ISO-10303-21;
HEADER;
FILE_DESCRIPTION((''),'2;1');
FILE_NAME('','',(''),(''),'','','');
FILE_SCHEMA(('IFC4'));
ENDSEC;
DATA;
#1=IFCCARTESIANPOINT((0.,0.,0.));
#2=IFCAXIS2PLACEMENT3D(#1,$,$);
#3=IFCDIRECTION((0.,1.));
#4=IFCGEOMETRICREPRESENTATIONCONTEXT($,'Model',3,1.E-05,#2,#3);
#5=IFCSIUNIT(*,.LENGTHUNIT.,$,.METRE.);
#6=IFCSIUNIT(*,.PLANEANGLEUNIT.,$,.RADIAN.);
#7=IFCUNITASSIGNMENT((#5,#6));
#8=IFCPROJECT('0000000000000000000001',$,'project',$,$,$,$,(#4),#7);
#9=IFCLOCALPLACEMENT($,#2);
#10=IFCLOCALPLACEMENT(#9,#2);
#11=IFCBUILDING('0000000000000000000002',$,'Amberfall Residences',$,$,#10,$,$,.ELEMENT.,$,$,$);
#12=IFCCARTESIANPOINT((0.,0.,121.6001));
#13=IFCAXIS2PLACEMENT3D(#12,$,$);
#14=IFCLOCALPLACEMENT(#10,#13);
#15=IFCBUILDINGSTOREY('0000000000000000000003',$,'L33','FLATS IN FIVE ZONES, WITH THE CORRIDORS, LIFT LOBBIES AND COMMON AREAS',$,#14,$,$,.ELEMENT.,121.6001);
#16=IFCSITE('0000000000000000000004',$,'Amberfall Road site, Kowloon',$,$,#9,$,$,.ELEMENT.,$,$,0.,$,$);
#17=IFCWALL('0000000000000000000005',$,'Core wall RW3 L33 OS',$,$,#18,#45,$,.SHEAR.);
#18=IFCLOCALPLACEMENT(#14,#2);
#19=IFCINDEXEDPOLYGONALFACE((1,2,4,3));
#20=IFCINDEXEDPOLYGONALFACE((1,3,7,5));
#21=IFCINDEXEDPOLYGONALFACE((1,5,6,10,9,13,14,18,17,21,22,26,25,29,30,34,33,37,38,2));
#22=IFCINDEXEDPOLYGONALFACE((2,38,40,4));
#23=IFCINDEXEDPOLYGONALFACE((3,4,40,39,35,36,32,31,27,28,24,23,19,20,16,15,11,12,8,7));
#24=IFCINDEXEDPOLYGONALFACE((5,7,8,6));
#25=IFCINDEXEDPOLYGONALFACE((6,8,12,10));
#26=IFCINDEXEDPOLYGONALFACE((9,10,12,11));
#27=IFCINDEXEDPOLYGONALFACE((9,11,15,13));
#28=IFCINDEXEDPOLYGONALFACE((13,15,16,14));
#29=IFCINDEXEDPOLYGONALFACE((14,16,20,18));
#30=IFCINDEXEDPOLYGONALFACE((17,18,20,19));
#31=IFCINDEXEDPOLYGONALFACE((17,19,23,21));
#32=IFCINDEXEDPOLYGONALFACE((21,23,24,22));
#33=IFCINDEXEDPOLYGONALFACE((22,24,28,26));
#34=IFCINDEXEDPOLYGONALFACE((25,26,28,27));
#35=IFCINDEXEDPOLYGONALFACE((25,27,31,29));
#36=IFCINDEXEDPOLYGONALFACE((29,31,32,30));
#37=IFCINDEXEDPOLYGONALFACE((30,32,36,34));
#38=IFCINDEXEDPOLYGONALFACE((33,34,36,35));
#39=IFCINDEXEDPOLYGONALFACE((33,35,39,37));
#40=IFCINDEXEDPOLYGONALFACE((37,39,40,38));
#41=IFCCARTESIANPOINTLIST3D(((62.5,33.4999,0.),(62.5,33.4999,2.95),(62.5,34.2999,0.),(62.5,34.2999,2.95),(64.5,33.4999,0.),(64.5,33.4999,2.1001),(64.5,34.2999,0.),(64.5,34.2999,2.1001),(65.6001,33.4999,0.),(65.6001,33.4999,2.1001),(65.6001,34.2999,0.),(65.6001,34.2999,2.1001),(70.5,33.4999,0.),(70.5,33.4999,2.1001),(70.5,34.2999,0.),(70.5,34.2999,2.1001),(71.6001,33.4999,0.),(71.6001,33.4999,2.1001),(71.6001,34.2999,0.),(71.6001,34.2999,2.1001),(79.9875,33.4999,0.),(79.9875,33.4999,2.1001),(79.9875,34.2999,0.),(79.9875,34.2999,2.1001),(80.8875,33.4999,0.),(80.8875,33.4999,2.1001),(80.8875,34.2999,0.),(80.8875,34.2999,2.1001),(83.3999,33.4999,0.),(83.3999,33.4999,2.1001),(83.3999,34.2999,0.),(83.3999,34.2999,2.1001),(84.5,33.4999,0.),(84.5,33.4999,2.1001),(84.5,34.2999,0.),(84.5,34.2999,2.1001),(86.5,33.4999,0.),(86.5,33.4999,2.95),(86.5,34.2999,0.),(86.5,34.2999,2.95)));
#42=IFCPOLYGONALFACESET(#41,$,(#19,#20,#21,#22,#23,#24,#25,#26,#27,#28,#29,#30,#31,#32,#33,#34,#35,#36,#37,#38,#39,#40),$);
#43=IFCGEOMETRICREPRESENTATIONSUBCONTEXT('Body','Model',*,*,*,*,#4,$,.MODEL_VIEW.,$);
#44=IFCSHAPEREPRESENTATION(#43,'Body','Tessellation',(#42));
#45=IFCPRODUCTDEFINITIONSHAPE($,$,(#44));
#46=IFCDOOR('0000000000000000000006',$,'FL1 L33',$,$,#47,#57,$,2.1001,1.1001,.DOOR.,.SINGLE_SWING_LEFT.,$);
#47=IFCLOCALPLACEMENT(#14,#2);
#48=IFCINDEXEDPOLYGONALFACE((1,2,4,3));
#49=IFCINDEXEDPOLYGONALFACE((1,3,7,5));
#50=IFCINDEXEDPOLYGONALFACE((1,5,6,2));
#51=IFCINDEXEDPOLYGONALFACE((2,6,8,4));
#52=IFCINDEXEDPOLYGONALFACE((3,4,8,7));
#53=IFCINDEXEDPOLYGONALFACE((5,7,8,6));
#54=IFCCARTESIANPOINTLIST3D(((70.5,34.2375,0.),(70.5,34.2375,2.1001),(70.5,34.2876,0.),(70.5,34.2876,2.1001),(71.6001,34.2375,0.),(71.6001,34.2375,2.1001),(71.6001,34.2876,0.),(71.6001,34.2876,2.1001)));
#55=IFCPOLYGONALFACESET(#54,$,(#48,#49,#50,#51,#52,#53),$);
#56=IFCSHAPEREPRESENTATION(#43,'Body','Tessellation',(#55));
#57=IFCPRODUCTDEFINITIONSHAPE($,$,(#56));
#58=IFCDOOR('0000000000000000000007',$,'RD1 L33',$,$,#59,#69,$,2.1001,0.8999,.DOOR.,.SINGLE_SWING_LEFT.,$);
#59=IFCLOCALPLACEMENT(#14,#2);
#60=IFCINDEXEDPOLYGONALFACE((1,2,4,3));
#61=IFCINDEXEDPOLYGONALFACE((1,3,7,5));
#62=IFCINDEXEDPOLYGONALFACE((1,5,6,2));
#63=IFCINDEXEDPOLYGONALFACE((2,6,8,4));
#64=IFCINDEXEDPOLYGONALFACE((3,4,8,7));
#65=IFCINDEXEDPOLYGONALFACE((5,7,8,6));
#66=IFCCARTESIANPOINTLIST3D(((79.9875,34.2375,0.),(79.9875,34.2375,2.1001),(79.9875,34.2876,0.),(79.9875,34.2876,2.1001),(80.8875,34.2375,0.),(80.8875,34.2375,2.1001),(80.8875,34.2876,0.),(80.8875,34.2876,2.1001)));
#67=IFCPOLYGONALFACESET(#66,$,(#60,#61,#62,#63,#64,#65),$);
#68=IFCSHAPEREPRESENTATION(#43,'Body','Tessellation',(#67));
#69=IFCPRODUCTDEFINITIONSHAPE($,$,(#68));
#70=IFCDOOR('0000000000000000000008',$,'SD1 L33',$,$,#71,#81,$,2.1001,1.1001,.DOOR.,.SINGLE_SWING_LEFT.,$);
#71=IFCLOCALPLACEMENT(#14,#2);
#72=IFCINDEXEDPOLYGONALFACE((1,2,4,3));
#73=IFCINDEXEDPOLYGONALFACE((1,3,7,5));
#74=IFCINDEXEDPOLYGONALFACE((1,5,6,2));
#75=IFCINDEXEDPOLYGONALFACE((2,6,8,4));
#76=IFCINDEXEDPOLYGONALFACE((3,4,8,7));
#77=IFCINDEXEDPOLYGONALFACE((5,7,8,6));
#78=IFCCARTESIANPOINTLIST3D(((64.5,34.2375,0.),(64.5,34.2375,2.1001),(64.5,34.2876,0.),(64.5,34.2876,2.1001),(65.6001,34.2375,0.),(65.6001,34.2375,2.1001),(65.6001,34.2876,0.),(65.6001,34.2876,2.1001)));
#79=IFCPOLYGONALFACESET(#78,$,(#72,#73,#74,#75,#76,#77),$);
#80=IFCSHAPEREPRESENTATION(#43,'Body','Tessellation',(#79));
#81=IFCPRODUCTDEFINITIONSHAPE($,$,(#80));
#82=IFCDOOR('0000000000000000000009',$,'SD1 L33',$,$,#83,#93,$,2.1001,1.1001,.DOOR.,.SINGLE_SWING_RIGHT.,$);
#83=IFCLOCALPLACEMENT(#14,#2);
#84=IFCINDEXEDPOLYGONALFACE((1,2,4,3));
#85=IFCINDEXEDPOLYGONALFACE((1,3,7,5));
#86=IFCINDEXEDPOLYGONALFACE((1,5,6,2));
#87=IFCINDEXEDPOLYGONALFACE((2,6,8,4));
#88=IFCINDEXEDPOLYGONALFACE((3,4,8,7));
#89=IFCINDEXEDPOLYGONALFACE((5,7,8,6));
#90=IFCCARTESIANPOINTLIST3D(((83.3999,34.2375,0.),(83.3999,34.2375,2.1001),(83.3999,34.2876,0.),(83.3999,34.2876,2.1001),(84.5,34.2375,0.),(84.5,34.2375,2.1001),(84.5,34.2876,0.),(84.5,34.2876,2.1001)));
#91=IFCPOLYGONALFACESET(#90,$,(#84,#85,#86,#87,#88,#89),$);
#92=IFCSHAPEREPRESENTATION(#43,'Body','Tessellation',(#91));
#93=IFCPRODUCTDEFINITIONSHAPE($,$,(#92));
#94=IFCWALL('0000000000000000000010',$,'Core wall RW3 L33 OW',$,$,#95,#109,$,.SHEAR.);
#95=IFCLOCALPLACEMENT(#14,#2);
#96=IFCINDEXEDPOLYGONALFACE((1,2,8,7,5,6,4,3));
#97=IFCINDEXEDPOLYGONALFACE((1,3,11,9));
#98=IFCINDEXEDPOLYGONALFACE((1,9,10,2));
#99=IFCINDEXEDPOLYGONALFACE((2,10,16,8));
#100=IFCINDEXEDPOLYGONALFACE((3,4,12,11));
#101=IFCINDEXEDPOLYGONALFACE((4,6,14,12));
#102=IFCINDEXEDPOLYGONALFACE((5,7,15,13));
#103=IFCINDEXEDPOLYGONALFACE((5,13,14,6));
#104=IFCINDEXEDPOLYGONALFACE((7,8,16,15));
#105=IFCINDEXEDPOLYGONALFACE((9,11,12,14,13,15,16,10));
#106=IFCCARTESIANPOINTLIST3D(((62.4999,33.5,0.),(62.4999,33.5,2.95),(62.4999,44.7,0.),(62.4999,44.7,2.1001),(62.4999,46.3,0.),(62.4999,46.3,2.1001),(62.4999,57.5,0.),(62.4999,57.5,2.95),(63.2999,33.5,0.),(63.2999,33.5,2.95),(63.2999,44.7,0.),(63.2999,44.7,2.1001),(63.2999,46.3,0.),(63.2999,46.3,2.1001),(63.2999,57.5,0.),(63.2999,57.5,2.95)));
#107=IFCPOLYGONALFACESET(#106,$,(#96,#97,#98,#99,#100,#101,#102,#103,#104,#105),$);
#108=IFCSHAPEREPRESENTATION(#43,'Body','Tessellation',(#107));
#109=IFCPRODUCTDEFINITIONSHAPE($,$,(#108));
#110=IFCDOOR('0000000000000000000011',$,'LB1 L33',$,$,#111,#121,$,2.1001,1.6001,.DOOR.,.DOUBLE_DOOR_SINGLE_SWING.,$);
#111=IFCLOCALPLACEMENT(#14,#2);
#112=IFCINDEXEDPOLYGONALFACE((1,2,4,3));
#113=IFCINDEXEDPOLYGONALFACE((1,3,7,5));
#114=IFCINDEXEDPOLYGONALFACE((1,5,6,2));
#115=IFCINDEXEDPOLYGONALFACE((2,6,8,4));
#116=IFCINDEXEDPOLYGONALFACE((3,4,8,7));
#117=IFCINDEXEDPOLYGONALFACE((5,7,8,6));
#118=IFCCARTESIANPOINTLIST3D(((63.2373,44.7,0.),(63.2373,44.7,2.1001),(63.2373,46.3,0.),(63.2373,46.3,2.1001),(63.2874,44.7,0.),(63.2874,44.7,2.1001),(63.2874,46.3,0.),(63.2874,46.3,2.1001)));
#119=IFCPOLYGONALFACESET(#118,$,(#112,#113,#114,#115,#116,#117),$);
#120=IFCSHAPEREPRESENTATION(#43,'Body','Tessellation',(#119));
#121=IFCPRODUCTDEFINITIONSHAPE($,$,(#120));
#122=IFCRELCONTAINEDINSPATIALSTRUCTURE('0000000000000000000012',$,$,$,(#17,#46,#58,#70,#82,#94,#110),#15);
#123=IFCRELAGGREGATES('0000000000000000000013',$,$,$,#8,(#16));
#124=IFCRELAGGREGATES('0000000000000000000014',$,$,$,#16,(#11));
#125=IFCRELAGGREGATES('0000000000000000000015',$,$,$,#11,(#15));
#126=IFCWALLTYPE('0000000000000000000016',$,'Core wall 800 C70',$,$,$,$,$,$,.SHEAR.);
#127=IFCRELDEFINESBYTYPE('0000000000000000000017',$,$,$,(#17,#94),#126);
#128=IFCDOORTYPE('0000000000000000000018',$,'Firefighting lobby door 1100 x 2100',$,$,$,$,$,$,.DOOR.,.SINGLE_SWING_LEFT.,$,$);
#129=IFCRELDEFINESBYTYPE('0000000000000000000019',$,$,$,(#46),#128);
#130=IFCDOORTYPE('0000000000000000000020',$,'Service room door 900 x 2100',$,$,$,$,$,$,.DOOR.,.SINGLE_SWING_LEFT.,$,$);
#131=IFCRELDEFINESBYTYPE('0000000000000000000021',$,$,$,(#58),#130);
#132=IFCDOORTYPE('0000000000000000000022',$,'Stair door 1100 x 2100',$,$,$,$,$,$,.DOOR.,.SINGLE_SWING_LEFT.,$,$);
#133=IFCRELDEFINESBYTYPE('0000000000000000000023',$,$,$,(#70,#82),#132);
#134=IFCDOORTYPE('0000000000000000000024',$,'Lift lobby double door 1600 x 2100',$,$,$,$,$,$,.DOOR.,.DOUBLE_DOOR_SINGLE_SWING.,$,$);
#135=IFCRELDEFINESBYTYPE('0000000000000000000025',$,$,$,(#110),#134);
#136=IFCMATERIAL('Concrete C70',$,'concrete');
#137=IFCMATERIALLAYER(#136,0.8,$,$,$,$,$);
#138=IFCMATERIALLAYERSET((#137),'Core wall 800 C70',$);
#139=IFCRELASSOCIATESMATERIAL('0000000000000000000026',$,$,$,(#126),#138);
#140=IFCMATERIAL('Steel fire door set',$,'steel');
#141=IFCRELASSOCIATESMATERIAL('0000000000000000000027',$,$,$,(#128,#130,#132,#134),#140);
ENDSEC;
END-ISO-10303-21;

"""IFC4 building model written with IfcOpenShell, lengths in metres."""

from ifc_helpers import new_model, si_unit, direction, frame, frame_2d, origin, place, context, subcontext, project, spatial, rectangle, extrude, material, layer, layer_set, type_object, element, fill, save


model = new_model("IFC4")

# Units and contexts
model_context = context("Model", 3, precision=1e-05, world=origin(), true_north=direction((0.0, 1.0)))
body_context = subcontext(model_context, "Body", "Model", "MODEL_VIEW")
ifc_project = project(units=[si_unit("LENGTHUNIT", "METRE"), si_unit("PLANEANGLEUNIT", "RADIAN")], contexts=[model_context])

# Site, building, storey
site_placement = place(None, origin())
site = spatial("IfcSite", under=ifc_project, at=site_placement, Name="Amberfall Road site, Kowloon", CompositionType="ELEMENT", RefElevation=0.0)
building_placement = place(site_placement, origin())
building = spatial("IfcBuilding", under=site, at=building_placement, Name="Amberfall Residences", CompositionType="ELEMENT")
storey_placement = place(building_placement, frame((0.0, 0.0, 121.6001)))
storey = spatial("IfcBuildingStorey", under=building, at=storey_placement, Name="L33", Description="FLATS IN FIVE ZONES, WITH THE CORRIDORS, LIFT LOBBIES AND COMMON AREAS", CompositionType="ELEMENT", Elevation=121.6001)

# Wall, openings, doors
ifc_material_1 = material(Name="Concrete C70", Category="concrete")
ifc_layer_1 = layer(ifc_material_1, 0.8)
ifc_layer_set_1 = layer_set([ifc_layer_1], Name="Core wall 800 C70")
wall_type_1 = type_object("IfcWallType", Name="Core wall 800 C70", PredefinedType="SHEAR", material=ifc_layer_set_1)
wall_1_placement = place(storey_placement, frame((62.5, 33.8999, 0.0), z_axis=(0.0, 0.0, 1.0), x_axis=(1.0, 0.0, 0.0)))
wall_1 = element("IfcWall", 1, at=wall_1_placement, inside=storey, type_object=wall_type_1, Name="Core wall RW3 L33 OS", PredefinedType="SHEAR", context=body_context, shape_type="SweptSolid", body=[
    extrude(rectangle(XDim=24.0, YDim=0.8, at=frame_2d((12.0, 0.0))), origin(), (0.0, 0.0, 1.0), 2.95),
])
opening_1_placement = place(wall_1_placement, frame((2.0, 0.0, 0.0)))
opening_1 = element("IfcOpeningElement", 2, at=opening_1_placement, cuts=wall_1, PredefinedType="OPENING", context=body_context, shape_type="SweptSolid", body=[
    extrude(rectangle(XDim=1.1001, YDim=2.1001, at=frame_2d((0.55, 1.05))), frame((0.0, 0.4099, 0.0), z_axis=(0.0, -1.0, 0.0), x_axis=(1.0, 0.0, 0.0)), (0.0, 0.0, 1.0), 0.8201),
])
opening_2_placement = place(wall_1_placement, frame((20.8999, 0.0, 0.0)))
opening_2 = element("IfcOpeningElement", 3, at=opening_2_placement, cuts=wall_1, PredefinedType="OPENING", context=body_context, shape_type="SweptSolid", body=[
    extrude(rectangle(XDim=1.1001, YDim=2.1001, at=frame_2d((0.55, 1.05))), frame((0.0, 0.4099, 0.0), z_axis=(0.0, -1.0, 0.0), x_axis=(1.0, 0.0, 0.0)), (0.0, 0.0, 1.0), 0.8201),
])
opening_3_placement = place(wall_1_placement, frame((8.0, 0.0, 0.0)))
opening_3 = element("IfcOpeningElement", 4, at=opening_3_placement, cuts=wall_1, PredefinedType="OPENING", context=body_context, shape_type="SweptSolid", body=[
    extrude(rectangle(XDim=1.1001, YDim=2.1001, at=frame_2d((0.55, 1.05))), frame((0.0, 0.4099, 0.0), z_axis=(0.0, -1.0, 0.0), x_axis=(1.0, 0.0, 0.0)), (0.0, 0.0, 1.0), 0.8201),
])
opening_4_placement = place(wall_1_placement, frame((17.4875, 0.0, 0.0)))
opening_4 = element("IfcOpeningElement", 5, at=opening_4_placement, cuts=wall_1, PredefinedType="OPENING", context=body_context, shape_type="SweptSolid", body=[
    extrude(rectangle(XDim=0.8999, YDim=2.1001, at=frame_2d((0.45, 1.05))), frame((0.0, 0.4099, 0.0), z_axis=(0.0, -1.0, 0.0), x_axis=(1.0, 0.0, 0.0)), (0.0, 0.0, 1.0), 0.8201),
])
ifc_material_2 = material(Name="Steel fire door set", Category="steel")
door_type_1 = type_object("IfcDoorType", Name="Firefighting lobby door 1100 x 2100", OperationType="SINGLE_SWING_LEFT", PredefinedType="DOOR", material=ifc_material_2)
door_1_placement = place(opening_3_placement, origin())
door_1 = element("IfcDoor", 6, at=door_1_placement, inside=storey, type_object=door_type_1, Name="FL1 L33", OperationType="SINGLE_SWING_LEFT", OverallHeight=2.1001, OverallWidth=1.1001, PredefinedType="DOOR", context=body_context, shape_type="SweptSolid", body=[
    extrude(rectangle(XDim=1.1001, YDim=2.1001, at=frame_2d((0.55, 1.05))), frame((0.0, 0.3877, 0.0), z_axis=(0.0, -1.0, 0.0), x_axis=(1.0, 0.0, 0.0)), (0.0, 0.0, 1.0), 0.05),
])
fill(opening_3, door_1)
door_type_2 = type_object("IfcDoorType", Name="Service room door 900 x 2100", OperationType="SINGLE_SWING_LEFT", PredefinedType="DOOR", material=ifc_material_2)
door_2_placement = place(opening_4_placement, origin())
door_2 = element("IfcDoor", 7, at=door_2_placement, inside=storey, type_object=door_type_2, Name="RD1 L33", OperationType="SINGLE_SWING_LEFT", OverallHeight=2.1001, OverallWidth=0.8999, PredefinedType="DOOR", context=body_context, shape_type="SweptSolid", body=[
    extrude(rectangle(XDim=0.8999, YDim=2.1001, at=frame_2d((0.45, 1.05))), frame((0.0, 0.3877, 0.0), z_axis=(0.0, -1.0, 0.0), x_axis=(1.0, 0.0, 0.0)), (0.0, 0.0, 1.0), 0.05),
])
fill(opening_4, door_2)
door_type_3 = type_object("IfcDoorType", Name="Stair door 1100 x 2100", OperationType="SINGLE_SWING_LEFT", PredefinedType="DOOR", material=ifc_material_2)
door_3_placement = place(opening_1_placement, origin())
door_3 = element("IfcDoor", 8, at=door_3_placement, inside=storey, type_object=door_type_3, Name="SD1 L33", OperationType="SINGLE_SWING_LEFT", OverallHeight=2.1001, OverallWidth=1.1001, PredefinedType="DOOR", context=body_context, shape_type="SweptSolid", body=[
    extrude(rectangle(XDim=1.1001, YDim=2.1001, at=frame_2d((0.55, 1.05))), frame((0.0, 0.3877, 0.0), z_axis=(0.0, -1.0, 0.0), x_axis=(1.0, 0.0, 0.0)), (0.0, 0.0, 1.0), 0.05),
])
fill(opening_1, door_3)
door_4_placement = place(opening_2_placement, origin())
door_4 = element("IfcDoor", 9, at=door_4_placement, inside=storey, type_object=door_type_3, Name="SD1 L33", OperationType="SINGLE_SWING_RIGHT", OverallHeight=2.1001, OverallWidth=1.1001, PredefinedType="DOOR", context=body_context, shape_type="SweptSolid", body=[
    extrude(rectangle(XDim=1.1001, YDim=2.1001, at=frame_2d((0.55, 1.05))), frame((0.0, 0.3877, 0.0), z_axis=(0.0, -1.0, 0.0), x_axis=(1.0, 0.0, 0.0)), (0.0, 0.0, 1.0), 0.05),
])
fill(opening_2, door_4)

# Wall, opening, door
wall_2_placement = place(storey_placement, frame((62.8999, 33.5, 0.0), z_axis=(0.0, 0.0, 1.0), x_axis=(0.0, 1.0, 0.0)))
wall_2 = element("IfcWall", 10, at=wall_2_placement, inside=storey, type_object=wall_type_1, Name="Core wall RW3 L33 OW", PredefinedType="SHEAR", context=body_context, shape_type="SweptSolid", body=[
    extrude(rectangle(XDim=24.0, YDim=0.8, at=frame_2d((12.0, 0.0))), origin(), (0.0, 0.0, 1.0), 2.95),
])
opening_5_placement = place(wall_2_placement, frame((11.2, 0.0, 0.0)))
opening_5 = element("IfcOpeningElement", 11, at=opening_5_placement, cuts=wall_2, PredefinedType="OPENING", context=body_context, shape_type="SweptSolid", body=[
    extrude(rectangle(XDim=1.6001, YDim=2.1001, at=frame_2d((0.8, 1.05))), frame((0.0, 0.4099, 0.0), z_axis=(0.0, -1.0, 0.0), x_axis=(1.0, 0.0, 0.0)), (0.0, 0.0, 1.0), 0.8201),
])
door_type_4 = type_object("IfcDoorType", Name="Lift lobby double door 1600 x 2100", OperationType="DOUBLE_DOOR_SINGLE_SWING", PredefinedType="DOOR", material=ifc_material_2)
door_5_placement = place(opening_5_placement, origin())
door_5 = element("IfcDoor", 12, at=door_5_placement, inside=storey, type_object=door_type_4, Name="LB1 L33", OperationType="DOUBLE_DOOR_SINGLE_SWING", OverallHeight=2.1001, OverallWidth=1.6001, PredefinedType="DOOR", context=body_context, shape_type="SweptSolid", body=[
    extrude(rectangle(XDim=1.6001, YDim=2.1001, at=frame_2d((0.8, 1.05))), frame((0.0, -0.3374, 0.0), z_axis=(0.0, -1.0, 0.0), x_axis=(1.0, 0.0, 0.0)), (0.0, 0.0, 1.0), 0.05),
])
fill(opening_5, door_5)

save(model, "model.ifc")
